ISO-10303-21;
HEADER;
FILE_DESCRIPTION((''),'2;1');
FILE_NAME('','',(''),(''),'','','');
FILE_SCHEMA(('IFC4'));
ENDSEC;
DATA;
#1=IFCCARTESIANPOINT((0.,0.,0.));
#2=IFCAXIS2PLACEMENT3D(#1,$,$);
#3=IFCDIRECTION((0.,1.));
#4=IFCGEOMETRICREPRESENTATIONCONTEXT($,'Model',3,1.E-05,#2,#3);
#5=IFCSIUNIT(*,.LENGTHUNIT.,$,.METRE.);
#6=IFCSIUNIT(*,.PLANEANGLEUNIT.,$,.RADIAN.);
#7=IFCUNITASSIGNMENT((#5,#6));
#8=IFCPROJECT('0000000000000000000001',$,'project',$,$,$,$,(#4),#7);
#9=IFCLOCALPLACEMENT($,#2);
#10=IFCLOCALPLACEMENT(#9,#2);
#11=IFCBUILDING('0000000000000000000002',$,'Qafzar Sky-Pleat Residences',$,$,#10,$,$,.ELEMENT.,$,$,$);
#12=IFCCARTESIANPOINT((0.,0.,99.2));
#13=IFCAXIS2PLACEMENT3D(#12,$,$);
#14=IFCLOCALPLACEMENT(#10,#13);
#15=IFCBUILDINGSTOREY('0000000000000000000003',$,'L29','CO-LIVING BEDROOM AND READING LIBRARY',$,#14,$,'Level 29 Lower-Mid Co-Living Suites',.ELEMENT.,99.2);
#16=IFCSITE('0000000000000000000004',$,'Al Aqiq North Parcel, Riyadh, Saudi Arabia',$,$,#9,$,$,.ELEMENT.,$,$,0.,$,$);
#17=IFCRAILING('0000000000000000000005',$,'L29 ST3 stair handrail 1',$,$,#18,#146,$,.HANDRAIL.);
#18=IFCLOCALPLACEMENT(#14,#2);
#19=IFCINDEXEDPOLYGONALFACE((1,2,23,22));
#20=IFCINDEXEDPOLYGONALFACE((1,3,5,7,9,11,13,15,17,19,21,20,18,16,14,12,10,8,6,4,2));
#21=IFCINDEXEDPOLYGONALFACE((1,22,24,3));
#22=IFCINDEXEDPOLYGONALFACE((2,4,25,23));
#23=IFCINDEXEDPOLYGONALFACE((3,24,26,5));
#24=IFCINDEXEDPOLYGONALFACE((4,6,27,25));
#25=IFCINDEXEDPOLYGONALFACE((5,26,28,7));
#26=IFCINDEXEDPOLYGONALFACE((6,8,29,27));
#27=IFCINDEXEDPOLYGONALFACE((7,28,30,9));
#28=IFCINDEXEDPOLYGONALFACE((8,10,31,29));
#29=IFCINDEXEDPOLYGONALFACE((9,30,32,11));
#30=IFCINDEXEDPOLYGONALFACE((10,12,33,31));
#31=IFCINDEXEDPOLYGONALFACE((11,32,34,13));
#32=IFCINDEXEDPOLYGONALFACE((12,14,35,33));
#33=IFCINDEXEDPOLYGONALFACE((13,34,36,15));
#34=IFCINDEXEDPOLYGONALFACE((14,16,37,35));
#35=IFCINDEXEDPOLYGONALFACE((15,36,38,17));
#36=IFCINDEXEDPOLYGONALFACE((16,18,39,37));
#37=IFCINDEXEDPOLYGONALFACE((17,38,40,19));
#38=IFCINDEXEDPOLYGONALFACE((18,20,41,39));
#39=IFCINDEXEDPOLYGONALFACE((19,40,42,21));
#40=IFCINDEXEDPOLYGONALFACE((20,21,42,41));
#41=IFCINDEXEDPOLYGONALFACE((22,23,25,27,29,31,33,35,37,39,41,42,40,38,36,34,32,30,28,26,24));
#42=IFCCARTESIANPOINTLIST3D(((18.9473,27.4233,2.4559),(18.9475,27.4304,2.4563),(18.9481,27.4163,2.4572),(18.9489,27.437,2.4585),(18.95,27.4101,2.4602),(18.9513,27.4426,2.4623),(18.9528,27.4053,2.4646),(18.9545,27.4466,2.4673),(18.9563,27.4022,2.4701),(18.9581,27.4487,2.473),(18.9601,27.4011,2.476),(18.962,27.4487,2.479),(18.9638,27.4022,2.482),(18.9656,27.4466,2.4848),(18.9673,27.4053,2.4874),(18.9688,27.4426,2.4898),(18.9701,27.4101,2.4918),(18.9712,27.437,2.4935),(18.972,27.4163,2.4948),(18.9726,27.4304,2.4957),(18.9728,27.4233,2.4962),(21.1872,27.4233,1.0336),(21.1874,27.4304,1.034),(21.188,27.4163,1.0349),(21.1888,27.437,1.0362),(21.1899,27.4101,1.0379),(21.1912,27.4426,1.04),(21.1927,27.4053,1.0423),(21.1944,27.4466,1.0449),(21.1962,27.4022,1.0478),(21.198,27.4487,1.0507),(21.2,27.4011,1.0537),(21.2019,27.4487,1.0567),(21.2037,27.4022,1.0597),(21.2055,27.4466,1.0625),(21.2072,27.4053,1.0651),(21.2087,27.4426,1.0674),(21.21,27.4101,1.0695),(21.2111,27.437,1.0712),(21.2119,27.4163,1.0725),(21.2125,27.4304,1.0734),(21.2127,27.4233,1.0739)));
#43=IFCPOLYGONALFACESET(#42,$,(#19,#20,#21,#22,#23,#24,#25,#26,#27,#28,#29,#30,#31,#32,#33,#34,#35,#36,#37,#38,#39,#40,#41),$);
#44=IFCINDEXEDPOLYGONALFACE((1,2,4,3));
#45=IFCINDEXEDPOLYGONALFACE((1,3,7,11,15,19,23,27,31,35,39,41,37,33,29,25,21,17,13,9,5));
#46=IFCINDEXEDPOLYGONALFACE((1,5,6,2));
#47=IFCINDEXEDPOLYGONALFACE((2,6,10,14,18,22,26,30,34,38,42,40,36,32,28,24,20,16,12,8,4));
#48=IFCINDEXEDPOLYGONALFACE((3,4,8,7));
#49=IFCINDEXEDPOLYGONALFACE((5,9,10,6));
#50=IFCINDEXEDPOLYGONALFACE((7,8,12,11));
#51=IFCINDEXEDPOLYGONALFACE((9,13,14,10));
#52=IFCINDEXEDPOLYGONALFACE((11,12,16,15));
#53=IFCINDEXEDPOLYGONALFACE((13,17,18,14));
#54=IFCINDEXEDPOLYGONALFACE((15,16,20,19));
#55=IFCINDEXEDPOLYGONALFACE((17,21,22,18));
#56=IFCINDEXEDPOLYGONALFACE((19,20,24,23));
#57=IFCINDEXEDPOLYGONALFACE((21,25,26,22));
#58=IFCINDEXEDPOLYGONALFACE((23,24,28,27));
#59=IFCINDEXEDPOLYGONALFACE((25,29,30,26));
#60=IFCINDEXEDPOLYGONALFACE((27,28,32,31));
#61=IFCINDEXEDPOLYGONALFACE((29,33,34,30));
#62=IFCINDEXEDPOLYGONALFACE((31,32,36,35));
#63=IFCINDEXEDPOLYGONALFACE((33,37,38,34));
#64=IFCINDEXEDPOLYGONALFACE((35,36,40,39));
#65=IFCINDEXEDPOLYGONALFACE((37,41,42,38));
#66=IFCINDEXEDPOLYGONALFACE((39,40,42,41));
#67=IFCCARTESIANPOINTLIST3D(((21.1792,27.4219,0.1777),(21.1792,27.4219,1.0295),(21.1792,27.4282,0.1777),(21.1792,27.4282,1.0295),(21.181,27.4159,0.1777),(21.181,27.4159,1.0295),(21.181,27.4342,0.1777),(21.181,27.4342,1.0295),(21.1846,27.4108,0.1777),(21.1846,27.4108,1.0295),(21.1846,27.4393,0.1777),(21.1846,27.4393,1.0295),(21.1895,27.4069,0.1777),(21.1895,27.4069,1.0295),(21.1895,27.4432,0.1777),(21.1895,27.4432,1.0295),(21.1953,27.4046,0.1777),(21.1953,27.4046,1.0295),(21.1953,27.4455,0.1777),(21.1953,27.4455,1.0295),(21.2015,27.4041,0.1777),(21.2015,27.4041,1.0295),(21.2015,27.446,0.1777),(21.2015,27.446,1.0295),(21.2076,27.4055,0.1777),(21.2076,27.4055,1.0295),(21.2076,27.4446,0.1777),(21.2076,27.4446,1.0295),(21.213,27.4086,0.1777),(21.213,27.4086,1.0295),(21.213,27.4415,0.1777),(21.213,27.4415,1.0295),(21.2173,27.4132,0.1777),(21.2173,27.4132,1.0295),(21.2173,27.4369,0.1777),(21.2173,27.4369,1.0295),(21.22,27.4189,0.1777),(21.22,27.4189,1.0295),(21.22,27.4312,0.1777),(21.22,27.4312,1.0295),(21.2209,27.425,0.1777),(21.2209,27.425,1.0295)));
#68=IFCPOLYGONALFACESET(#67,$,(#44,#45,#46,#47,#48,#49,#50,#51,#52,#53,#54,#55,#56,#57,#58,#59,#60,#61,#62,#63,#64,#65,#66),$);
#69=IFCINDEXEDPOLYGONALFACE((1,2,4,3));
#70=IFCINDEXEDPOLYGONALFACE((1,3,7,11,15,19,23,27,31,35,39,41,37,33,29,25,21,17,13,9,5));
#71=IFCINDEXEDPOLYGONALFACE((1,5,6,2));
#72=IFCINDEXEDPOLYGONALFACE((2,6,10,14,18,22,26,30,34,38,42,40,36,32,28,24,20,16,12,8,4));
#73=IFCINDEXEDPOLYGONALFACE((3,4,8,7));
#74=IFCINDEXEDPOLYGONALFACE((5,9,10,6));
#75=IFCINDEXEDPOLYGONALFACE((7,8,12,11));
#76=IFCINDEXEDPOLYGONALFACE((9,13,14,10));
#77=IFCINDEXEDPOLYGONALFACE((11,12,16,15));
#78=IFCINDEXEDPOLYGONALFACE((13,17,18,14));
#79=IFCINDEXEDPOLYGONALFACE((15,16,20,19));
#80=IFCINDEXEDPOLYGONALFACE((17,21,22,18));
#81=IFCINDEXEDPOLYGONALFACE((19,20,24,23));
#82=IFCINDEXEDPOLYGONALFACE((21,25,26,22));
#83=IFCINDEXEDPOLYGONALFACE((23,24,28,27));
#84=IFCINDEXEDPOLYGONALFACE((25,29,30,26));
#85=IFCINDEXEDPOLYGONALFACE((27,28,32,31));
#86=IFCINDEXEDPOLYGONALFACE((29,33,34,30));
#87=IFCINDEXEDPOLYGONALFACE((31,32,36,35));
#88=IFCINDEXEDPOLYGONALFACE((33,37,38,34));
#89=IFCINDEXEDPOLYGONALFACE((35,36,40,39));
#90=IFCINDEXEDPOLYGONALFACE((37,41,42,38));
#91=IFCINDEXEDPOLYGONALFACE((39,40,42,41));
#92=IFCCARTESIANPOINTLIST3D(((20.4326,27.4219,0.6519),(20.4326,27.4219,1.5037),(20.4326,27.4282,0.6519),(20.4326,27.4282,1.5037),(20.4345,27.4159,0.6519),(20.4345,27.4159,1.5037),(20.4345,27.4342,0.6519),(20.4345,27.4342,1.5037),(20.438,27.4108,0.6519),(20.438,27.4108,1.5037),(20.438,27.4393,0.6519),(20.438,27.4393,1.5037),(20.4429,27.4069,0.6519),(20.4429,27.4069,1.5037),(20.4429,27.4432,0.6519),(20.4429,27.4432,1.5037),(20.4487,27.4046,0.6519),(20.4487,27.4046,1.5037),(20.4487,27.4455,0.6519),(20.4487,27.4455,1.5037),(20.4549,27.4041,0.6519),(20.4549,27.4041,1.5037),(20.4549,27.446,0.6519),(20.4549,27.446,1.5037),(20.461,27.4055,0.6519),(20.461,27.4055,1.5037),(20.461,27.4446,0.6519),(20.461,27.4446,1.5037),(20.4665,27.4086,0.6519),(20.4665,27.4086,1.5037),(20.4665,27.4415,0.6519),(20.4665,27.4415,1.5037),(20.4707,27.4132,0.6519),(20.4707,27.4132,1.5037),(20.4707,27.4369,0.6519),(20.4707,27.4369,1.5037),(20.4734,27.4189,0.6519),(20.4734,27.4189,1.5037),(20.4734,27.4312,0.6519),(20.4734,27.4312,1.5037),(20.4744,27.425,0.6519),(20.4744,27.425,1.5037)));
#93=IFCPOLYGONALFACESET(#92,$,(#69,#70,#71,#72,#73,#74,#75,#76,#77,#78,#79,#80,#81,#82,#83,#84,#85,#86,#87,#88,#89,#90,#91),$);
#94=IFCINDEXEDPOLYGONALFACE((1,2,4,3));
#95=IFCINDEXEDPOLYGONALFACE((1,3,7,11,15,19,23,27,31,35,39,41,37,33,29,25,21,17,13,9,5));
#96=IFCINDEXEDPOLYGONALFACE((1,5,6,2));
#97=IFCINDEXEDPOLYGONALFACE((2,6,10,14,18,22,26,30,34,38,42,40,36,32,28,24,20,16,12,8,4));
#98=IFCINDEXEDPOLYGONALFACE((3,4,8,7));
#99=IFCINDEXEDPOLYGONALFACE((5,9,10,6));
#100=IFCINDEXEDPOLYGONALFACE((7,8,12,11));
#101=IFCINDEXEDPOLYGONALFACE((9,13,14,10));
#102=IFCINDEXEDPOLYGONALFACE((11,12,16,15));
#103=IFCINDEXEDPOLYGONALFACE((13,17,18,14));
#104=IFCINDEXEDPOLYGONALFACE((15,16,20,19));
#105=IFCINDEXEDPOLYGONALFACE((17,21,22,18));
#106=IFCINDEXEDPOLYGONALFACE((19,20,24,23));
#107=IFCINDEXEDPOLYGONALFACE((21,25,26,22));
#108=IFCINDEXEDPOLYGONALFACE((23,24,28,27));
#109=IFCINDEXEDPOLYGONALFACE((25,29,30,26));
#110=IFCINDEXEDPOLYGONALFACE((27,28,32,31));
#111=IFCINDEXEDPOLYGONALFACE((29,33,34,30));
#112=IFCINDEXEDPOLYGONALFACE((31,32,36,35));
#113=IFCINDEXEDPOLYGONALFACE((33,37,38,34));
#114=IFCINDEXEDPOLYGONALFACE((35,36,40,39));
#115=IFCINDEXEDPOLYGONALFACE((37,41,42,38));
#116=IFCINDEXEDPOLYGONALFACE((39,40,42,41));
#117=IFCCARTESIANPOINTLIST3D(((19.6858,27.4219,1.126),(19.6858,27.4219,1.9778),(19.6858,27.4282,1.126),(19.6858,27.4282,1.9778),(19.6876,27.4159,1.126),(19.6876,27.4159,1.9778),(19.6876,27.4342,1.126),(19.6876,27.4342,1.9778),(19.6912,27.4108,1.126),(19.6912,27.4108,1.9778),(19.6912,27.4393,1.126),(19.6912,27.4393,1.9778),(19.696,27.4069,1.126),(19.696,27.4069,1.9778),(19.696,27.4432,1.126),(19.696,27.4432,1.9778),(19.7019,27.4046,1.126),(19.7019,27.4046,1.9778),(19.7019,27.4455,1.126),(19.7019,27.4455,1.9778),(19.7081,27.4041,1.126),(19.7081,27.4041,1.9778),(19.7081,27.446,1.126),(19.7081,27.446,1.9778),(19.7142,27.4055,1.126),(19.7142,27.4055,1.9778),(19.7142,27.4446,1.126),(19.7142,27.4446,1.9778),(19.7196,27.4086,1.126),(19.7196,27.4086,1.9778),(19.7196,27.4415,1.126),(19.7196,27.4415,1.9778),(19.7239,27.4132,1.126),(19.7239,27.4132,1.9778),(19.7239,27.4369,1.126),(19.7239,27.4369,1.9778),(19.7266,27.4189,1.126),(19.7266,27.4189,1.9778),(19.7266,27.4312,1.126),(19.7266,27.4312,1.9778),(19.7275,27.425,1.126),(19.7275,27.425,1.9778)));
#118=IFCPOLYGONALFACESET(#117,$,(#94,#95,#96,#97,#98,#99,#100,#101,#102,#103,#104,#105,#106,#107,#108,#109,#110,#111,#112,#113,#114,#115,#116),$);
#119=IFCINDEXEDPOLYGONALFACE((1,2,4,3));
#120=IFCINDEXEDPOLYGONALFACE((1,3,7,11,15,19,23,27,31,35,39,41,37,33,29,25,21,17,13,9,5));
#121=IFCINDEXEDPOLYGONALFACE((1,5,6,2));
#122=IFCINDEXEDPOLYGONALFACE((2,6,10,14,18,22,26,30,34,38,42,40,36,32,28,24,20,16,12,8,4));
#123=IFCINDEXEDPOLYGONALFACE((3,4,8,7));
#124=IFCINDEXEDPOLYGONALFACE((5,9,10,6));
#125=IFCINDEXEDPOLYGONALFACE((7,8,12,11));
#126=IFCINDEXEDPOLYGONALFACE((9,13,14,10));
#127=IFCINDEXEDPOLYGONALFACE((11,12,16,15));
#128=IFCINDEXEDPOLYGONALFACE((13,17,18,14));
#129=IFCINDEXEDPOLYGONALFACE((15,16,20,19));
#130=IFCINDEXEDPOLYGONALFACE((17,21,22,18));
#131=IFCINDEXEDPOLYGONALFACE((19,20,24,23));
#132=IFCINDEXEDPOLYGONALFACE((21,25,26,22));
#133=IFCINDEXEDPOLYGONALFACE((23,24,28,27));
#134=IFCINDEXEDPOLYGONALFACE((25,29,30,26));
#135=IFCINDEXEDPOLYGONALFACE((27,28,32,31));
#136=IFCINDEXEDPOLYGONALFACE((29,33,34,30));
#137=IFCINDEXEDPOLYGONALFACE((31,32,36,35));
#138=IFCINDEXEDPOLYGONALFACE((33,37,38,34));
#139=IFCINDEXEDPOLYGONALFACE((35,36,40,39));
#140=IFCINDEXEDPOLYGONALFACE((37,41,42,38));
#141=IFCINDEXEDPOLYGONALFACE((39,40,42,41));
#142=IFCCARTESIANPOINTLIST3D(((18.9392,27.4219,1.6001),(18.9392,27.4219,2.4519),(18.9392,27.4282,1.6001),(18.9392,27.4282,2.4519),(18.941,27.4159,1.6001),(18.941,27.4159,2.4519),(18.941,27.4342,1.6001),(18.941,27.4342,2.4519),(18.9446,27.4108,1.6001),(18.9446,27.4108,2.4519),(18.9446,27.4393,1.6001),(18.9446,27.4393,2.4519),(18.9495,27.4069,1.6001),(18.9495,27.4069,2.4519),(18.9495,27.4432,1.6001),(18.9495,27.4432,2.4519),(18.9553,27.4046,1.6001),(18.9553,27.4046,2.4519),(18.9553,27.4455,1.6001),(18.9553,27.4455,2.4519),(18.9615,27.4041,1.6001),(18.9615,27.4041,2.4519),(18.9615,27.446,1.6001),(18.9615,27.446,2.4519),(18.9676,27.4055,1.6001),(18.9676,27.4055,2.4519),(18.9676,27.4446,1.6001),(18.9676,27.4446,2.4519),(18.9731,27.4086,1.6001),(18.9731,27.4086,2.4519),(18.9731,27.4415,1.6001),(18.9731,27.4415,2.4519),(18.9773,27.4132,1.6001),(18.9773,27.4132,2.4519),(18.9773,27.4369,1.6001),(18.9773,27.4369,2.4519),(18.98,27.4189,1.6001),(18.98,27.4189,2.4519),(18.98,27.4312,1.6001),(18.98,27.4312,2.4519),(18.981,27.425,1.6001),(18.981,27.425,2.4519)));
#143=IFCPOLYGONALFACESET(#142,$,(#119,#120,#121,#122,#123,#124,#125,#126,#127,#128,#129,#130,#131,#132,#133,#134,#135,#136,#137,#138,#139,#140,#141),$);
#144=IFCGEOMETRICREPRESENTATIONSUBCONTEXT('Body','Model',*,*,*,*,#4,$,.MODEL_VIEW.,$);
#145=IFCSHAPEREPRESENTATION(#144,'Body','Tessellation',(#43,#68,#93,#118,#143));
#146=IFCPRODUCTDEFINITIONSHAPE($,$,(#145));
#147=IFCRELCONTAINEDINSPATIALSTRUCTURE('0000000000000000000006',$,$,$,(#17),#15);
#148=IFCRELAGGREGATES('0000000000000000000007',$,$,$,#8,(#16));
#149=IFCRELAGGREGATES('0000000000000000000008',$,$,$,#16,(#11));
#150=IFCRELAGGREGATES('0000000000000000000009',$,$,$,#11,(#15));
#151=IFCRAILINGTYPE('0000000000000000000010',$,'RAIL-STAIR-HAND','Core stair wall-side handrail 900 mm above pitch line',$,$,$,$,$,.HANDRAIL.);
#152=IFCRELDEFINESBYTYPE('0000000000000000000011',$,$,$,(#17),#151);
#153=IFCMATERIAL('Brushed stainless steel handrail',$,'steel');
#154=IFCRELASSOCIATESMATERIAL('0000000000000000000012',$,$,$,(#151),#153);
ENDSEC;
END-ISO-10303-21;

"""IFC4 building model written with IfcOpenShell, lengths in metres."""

from ifc_helpers import new_model, si_unit, direction, frame, origin, origin_2d, place, context, subcontext, project, spatial, circle, extrude, source, transform, mapped, material, type_object, element, save


model = new_model("IFC4")

# Units and contexts
model_context = context("Model", 3, precision=1e-05, world=origin(), true_north=direction((0.0, 1.0)))
body_context = subcontext(model_context, "Body", "Model", "MODEL_VIEW")
ifc_project = project(units=[si_unit("LENGTHUNIT", "METRE"), si_unit("PLANEANGLEUNIT", "RADIAN")], contexts=[model_context])

# Site, building, storey
site_placement = place(None, origin())
site = spatial("IfcSite", under=ifc_project, at=site_placement, Name="Al Aqiq North Parcel, Riyadh, Saudi Arabia", CompositionType="ELEMENT", RefElevation=0.0)
building_placement = place(site_placement, origin())
building = spatial("IfcBuilding", under=site, at=building_placement, Name="Qafzar Sky-Pleat Residences", CompositionType="ELEMENT")
storey_placement = place(building_placement, frame((0.0, 0.0, 99.2)))
storey = spatial("IfcBuildingStorey", under=building, at=storey_placement, Name="L29", Description="CO-LIVING BEDROOM AND READING LIBRARY", LongName="Level 29 Lower-Mid Co-Living Suites", CompositionType="ELEMENT", Elevation=99.2)

# Railing
ifc_material_1 = material(Name="Brushed stainless steel handrail", Category="steel")
railing_type_1 = type_object("IfcRailingType", Name="RAIL-STAIR-HAND", Description="Core stair wall-side handrail 900 mm above pitch line", PredefinedType="HANDRAIL", material=ifc_material_1)
shared_shape_1 = source(origin(), body_context, "Body", "SweptSolid", [
    extrude(circle(Radius=0.0239, at=origin_2d()), frame((0.0, 0.0, 0.876), z_axis=(-0.844188, 0.0, 0.536048), x_axis=(0.0, -1.0, 0.0)), (0.0, 0.0, 1.0), 2.6533),
    extrude(circle(Radius=0.021, at=origin_2d()), origin(), (0.0, 0.0, 1.0), 0.8518),
    extrude(circle(Radius=0.021, at=origin_2d()), frame((-0.7466, 0.0, 0.4741)), (0.0, 0.0, 1.0), 0.8518),
    extrude(circle(Radius=0.021, at=origin_2d()), frame((-1.4934, 0.0, 0.9482)), (0.0, 0.0, 1.0), 0.8518),
    extrude(circle(Radius=0.021, at=origin_2d()), frame((-2.24, 0.0, 1.4224)), (0.0, 0.0, 1.0), 0.8518),
])
railing_1_placement = place(storey_placement, frame((21.2, 27.425, 0.1777)))
element("IfcRailing", 1, at=railing_1_placement, inside=storey, type_object=railing_type_1, Name="L29 ST3 stair handrail 1", PredefinedType="HANDRAIL", context=body_context, shape_type="MappedRepresentation", body=[
    mapped(shared_shape_1, transform((0.0, 0.0, 0.0), x_axis=(1.0, 0.0, 0.0), y_axis=(0.0, 1.0, 0.0), z_axis=(0.0, 0.0, 1.0), scale=1.0)),
])

save(model, "model.ifc")
